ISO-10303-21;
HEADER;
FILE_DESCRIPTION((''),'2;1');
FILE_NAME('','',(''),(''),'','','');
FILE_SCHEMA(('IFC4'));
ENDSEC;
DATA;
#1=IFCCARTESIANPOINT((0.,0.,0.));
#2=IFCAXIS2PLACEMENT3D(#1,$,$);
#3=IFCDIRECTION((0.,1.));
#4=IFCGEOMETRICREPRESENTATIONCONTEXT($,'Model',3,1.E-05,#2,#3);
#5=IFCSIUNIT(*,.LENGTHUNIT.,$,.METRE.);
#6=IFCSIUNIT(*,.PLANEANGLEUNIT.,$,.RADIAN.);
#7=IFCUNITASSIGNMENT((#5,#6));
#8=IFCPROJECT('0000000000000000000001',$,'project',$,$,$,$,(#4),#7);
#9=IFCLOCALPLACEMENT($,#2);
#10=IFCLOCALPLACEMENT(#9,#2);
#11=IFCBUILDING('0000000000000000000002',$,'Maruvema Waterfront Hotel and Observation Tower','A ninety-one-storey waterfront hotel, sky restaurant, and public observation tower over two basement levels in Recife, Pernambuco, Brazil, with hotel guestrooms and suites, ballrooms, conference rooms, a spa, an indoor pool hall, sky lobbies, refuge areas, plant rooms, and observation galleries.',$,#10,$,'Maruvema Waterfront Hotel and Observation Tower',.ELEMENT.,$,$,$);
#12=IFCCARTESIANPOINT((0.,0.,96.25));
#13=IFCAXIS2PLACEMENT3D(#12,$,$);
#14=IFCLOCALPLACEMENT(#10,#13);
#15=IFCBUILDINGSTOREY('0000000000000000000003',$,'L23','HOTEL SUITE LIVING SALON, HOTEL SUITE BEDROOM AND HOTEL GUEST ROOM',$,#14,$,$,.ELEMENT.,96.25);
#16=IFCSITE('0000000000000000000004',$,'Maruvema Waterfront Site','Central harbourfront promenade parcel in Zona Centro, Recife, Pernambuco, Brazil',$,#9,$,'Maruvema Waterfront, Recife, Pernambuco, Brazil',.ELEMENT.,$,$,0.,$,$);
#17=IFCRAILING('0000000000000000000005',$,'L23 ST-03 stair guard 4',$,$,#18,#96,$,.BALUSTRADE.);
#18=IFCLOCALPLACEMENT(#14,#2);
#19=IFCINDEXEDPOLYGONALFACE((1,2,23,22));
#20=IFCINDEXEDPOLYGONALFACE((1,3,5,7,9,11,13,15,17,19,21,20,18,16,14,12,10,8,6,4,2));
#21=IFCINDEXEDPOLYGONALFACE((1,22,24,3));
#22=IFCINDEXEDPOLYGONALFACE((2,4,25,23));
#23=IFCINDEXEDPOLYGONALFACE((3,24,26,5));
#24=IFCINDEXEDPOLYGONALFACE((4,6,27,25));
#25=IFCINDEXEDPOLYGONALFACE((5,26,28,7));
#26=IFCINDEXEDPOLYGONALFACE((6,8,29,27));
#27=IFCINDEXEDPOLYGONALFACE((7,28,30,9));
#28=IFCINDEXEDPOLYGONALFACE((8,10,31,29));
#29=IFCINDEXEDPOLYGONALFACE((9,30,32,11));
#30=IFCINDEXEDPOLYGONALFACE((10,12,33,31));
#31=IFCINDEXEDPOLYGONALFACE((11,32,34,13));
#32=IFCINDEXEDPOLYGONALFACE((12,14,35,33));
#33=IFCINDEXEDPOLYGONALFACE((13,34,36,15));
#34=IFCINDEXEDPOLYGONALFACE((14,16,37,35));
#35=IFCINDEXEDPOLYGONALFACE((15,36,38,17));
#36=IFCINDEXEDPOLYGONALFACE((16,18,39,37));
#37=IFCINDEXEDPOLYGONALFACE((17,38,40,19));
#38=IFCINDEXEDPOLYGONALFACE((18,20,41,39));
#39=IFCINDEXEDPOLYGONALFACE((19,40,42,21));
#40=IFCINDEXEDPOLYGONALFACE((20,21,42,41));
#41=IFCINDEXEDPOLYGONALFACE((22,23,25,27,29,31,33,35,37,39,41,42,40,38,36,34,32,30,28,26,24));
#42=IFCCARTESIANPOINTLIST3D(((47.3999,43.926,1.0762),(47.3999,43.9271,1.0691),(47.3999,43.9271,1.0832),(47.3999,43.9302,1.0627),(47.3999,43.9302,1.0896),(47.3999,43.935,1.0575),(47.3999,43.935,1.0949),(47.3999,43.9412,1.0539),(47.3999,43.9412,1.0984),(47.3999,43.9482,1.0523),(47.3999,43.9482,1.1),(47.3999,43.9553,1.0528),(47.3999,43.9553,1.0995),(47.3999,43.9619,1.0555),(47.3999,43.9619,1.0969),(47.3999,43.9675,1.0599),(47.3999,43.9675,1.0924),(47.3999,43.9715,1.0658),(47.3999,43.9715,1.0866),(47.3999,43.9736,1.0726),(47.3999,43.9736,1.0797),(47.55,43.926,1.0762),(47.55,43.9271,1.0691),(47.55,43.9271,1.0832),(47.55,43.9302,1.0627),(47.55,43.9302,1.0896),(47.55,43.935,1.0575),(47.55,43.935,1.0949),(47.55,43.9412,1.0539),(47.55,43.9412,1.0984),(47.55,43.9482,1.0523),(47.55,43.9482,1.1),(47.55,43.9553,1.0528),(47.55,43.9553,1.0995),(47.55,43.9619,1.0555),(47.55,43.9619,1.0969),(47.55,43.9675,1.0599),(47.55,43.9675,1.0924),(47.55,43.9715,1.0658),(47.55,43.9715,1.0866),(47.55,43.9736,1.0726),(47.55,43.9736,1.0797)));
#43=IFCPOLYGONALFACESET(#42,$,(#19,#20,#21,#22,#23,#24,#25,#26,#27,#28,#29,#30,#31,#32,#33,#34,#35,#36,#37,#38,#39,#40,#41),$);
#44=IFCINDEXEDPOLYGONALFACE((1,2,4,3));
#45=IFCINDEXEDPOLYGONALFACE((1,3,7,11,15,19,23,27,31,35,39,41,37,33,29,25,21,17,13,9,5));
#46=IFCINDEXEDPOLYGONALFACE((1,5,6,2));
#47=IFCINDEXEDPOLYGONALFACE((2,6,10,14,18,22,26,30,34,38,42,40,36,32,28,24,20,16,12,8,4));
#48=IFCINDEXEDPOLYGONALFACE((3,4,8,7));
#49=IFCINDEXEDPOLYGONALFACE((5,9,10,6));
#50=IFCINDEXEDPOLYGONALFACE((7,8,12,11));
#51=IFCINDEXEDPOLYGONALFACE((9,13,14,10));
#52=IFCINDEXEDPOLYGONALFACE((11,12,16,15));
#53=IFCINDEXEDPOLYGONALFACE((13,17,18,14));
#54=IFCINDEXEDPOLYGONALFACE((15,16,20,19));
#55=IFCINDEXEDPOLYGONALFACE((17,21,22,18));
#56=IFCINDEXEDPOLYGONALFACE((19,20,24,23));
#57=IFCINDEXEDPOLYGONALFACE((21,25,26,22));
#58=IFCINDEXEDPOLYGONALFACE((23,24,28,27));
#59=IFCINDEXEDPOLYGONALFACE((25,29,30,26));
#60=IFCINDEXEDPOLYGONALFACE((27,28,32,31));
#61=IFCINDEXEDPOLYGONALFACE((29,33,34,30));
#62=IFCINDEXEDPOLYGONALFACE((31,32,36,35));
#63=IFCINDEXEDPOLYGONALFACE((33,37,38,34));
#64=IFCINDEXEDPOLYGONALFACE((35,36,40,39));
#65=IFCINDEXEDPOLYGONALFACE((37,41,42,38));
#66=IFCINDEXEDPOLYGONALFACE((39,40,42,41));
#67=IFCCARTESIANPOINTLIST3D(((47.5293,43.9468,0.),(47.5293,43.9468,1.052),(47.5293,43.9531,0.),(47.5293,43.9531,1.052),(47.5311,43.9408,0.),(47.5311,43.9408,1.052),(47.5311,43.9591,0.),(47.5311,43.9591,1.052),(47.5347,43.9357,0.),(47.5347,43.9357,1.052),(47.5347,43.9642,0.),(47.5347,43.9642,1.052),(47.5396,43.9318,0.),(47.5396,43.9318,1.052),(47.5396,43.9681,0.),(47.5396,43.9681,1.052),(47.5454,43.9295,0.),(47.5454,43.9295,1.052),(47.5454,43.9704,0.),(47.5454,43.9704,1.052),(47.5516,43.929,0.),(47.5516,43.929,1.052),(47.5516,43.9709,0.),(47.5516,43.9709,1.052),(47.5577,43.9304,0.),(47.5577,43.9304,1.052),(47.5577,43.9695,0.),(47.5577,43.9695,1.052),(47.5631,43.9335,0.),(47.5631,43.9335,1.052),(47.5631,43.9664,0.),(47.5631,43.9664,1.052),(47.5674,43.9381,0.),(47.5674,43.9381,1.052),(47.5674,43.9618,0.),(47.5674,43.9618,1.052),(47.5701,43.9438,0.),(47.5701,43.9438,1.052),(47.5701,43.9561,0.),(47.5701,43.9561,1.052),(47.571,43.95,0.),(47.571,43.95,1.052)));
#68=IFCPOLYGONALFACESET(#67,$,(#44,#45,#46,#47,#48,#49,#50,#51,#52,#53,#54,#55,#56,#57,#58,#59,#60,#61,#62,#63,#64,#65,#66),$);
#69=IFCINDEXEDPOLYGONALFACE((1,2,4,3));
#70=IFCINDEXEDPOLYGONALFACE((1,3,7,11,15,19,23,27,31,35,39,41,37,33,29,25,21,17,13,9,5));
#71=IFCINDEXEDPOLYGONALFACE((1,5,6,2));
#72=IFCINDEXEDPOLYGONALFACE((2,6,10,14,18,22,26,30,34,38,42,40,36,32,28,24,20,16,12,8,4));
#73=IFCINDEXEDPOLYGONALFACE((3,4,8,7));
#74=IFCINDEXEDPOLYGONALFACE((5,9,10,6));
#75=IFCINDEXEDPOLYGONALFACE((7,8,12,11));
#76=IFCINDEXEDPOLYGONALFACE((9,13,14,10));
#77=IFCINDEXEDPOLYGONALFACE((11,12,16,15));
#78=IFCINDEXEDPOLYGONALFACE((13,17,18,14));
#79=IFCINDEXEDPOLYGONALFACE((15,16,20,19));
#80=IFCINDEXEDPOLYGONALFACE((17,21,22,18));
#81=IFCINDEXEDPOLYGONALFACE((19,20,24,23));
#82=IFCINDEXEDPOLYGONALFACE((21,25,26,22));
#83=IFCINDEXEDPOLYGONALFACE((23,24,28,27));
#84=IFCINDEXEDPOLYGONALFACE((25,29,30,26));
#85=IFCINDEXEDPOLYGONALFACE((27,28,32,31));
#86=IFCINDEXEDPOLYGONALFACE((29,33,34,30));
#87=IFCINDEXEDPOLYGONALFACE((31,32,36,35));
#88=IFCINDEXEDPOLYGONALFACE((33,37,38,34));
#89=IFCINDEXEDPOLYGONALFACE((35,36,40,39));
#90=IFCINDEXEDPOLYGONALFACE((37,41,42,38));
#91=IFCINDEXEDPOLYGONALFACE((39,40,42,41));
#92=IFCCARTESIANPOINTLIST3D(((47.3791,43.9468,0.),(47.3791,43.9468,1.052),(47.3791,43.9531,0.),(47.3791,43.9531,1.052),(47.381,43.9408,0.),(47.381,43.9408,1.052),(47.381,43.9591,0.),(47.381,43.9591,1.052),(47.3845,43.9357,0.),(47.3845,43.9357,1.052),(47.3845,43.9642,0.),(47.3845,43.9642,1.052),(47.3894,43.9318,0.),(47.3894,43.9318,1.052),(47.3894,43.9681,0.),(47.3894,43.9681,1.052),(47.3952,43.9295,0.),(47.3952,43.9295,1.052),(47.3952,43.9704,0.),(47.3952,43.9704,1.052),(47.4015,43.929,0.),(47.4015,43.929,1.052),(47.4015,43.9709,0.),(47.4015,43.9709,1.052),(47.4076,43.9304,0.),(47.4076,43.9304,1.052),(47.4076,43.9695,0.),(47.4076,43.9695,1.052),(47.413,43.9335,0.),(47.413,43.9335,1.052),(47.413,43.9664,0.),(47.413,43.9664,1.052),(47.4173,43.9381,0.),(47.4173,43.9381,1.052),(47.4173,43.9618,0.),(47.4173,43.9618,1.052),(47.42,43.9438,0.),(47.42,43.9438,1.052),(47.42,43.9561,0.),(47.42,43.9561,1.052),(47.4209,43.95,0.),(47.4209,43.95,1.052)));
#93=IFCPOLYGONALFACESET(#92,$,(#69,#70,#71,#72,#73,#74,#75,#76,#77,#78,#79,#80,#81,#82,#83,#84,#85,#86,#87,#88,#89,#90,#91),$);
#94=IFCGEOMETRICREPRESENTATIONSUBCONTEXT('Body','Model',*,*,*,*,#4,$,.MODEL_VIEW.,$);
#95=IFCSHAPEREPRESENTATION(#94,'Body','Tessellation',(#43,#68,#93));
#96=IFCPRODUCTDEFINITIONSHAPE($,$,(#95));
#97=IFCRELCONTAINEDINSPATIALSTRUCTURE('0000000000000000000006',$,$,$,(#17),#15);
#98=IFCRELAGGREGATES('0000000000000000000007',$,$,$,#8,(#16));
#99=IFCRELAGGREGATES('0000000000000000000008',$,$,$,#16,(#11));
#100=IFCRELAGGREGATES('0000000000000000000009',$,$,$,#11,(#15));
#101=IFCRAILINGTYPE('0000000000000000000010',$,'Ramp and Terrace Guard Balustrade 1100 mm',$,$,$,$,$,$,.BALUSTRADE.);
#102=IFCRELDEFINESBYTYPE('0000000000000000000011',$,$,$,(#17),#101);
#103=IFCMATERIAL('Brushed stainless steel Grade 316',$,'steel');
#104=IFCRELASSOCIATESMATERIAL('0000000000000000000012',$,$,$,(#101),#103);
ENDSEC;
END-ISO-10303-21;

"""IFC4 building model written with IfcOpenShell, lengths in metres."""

from ifc_helpers import new_model, si_unit, direction, frame, origin, origin_2d, place, context, subcontext, project, spatial, circle, extrude, material, type_object, element, save


model = new_model("IFC4")

# Units and contexts
model_context = context("Model", 3, precision=1e-05, world=origin(), true_north=direction((0.0, 1.0)))
body_context = subcontext(model_context, "Body", "Model", "MODEL_VIEW")
ifc_project = project(units=[si_unit("LENGTHUNIT", "METRE"), si_unit("PLANEANGLEUNIT", "RADIAN")], contexts=[model_context])

# Site, building, storey
site_placement = place(None, origin())
site = spatial("IfcSite", under=ifc_project, at=site_placement, Name="Maruvema Waterfront Site", Description="Central harbourfront promenade parcel in Zona Centro, Recife, Pernambuco, Brazil", LongName="Maruvema Waterfront, Recife, Pernambuco, Brazil", CompositionType="ELEMENT", RefElevation=0.0)
building_placement = place(site_placement, origin())
building = spatial("IfcBuilding", under=site, at=building_placement, Name="Maruvema Waterfront Hotel and Observation Tower", Description="A ninety-one-storey waterfront hotel, sky restaurant, and public observation tower over two basement levels in Recife, Pernambuco, Brazil, with hotel guestrooms and suites, ballrooms, conference rooms, a spa, an indoor pool hall, sky lobbies, refuge areas, plant rooms, and observation galleries.", LongName="Maruvema Waterfront Hotel and Observation Tower", CompositionType="ELEMENT")
storey_placement = place(building_placement, frame((0.0, 0.0, 96.25)))
storey = spatial("IfcBuildingStorey", under=building, at=storey_placement, Name="L23", Description="HOTEL SUITE LIVING SALON, HOTEL SUITE BEDROOM AND HOTEL GUEST ROOM", CompositionType="ELEMENT", Elevation=96.25)

# Railing
ifc_material_1 = material(Name="Brushed stainless steel Grade 316", Category="steel")
railing_type = type_object("IfcRailingType", Name="Ramp and Terrace Guard Balustrade 1100 mm", PredefinedType="BALUSTRADE", material=ifc_material_1)
railing_1_placement = place(storey_placement, frame((47.55, 43.95, 0.0)))
element("IfcRailing", 1, at=railing_1_placement, inside=storey, type_object=railing_type, Name="L23 ST-03 stair guard 4", PredefinedType="BALUSTRADE", context=body_context, shape_type="SweptSolid", body=[
    extrude(circle(Radius=0.0239, at=origin_2d()), frame((0.0, 0.0, 1.0762), z_axis=(-1.0, 0.0, 0.0), x_axis=(0.0, -1.0, 0.0)), (0.0, 0.0, 1.0), 0.1501),
    extrude(circle(Radius=0.021, at=origin_2d()), origin(), (0.0, 0.0, 1.0), 1.052),
    extrude(circle(Radius=0.021, at=origin_2d()), frame((-0.1501, 0.0, 0.0)), (0.0, 0.0, 1.0), 1.052),
])

save(model, "model.ifc")
